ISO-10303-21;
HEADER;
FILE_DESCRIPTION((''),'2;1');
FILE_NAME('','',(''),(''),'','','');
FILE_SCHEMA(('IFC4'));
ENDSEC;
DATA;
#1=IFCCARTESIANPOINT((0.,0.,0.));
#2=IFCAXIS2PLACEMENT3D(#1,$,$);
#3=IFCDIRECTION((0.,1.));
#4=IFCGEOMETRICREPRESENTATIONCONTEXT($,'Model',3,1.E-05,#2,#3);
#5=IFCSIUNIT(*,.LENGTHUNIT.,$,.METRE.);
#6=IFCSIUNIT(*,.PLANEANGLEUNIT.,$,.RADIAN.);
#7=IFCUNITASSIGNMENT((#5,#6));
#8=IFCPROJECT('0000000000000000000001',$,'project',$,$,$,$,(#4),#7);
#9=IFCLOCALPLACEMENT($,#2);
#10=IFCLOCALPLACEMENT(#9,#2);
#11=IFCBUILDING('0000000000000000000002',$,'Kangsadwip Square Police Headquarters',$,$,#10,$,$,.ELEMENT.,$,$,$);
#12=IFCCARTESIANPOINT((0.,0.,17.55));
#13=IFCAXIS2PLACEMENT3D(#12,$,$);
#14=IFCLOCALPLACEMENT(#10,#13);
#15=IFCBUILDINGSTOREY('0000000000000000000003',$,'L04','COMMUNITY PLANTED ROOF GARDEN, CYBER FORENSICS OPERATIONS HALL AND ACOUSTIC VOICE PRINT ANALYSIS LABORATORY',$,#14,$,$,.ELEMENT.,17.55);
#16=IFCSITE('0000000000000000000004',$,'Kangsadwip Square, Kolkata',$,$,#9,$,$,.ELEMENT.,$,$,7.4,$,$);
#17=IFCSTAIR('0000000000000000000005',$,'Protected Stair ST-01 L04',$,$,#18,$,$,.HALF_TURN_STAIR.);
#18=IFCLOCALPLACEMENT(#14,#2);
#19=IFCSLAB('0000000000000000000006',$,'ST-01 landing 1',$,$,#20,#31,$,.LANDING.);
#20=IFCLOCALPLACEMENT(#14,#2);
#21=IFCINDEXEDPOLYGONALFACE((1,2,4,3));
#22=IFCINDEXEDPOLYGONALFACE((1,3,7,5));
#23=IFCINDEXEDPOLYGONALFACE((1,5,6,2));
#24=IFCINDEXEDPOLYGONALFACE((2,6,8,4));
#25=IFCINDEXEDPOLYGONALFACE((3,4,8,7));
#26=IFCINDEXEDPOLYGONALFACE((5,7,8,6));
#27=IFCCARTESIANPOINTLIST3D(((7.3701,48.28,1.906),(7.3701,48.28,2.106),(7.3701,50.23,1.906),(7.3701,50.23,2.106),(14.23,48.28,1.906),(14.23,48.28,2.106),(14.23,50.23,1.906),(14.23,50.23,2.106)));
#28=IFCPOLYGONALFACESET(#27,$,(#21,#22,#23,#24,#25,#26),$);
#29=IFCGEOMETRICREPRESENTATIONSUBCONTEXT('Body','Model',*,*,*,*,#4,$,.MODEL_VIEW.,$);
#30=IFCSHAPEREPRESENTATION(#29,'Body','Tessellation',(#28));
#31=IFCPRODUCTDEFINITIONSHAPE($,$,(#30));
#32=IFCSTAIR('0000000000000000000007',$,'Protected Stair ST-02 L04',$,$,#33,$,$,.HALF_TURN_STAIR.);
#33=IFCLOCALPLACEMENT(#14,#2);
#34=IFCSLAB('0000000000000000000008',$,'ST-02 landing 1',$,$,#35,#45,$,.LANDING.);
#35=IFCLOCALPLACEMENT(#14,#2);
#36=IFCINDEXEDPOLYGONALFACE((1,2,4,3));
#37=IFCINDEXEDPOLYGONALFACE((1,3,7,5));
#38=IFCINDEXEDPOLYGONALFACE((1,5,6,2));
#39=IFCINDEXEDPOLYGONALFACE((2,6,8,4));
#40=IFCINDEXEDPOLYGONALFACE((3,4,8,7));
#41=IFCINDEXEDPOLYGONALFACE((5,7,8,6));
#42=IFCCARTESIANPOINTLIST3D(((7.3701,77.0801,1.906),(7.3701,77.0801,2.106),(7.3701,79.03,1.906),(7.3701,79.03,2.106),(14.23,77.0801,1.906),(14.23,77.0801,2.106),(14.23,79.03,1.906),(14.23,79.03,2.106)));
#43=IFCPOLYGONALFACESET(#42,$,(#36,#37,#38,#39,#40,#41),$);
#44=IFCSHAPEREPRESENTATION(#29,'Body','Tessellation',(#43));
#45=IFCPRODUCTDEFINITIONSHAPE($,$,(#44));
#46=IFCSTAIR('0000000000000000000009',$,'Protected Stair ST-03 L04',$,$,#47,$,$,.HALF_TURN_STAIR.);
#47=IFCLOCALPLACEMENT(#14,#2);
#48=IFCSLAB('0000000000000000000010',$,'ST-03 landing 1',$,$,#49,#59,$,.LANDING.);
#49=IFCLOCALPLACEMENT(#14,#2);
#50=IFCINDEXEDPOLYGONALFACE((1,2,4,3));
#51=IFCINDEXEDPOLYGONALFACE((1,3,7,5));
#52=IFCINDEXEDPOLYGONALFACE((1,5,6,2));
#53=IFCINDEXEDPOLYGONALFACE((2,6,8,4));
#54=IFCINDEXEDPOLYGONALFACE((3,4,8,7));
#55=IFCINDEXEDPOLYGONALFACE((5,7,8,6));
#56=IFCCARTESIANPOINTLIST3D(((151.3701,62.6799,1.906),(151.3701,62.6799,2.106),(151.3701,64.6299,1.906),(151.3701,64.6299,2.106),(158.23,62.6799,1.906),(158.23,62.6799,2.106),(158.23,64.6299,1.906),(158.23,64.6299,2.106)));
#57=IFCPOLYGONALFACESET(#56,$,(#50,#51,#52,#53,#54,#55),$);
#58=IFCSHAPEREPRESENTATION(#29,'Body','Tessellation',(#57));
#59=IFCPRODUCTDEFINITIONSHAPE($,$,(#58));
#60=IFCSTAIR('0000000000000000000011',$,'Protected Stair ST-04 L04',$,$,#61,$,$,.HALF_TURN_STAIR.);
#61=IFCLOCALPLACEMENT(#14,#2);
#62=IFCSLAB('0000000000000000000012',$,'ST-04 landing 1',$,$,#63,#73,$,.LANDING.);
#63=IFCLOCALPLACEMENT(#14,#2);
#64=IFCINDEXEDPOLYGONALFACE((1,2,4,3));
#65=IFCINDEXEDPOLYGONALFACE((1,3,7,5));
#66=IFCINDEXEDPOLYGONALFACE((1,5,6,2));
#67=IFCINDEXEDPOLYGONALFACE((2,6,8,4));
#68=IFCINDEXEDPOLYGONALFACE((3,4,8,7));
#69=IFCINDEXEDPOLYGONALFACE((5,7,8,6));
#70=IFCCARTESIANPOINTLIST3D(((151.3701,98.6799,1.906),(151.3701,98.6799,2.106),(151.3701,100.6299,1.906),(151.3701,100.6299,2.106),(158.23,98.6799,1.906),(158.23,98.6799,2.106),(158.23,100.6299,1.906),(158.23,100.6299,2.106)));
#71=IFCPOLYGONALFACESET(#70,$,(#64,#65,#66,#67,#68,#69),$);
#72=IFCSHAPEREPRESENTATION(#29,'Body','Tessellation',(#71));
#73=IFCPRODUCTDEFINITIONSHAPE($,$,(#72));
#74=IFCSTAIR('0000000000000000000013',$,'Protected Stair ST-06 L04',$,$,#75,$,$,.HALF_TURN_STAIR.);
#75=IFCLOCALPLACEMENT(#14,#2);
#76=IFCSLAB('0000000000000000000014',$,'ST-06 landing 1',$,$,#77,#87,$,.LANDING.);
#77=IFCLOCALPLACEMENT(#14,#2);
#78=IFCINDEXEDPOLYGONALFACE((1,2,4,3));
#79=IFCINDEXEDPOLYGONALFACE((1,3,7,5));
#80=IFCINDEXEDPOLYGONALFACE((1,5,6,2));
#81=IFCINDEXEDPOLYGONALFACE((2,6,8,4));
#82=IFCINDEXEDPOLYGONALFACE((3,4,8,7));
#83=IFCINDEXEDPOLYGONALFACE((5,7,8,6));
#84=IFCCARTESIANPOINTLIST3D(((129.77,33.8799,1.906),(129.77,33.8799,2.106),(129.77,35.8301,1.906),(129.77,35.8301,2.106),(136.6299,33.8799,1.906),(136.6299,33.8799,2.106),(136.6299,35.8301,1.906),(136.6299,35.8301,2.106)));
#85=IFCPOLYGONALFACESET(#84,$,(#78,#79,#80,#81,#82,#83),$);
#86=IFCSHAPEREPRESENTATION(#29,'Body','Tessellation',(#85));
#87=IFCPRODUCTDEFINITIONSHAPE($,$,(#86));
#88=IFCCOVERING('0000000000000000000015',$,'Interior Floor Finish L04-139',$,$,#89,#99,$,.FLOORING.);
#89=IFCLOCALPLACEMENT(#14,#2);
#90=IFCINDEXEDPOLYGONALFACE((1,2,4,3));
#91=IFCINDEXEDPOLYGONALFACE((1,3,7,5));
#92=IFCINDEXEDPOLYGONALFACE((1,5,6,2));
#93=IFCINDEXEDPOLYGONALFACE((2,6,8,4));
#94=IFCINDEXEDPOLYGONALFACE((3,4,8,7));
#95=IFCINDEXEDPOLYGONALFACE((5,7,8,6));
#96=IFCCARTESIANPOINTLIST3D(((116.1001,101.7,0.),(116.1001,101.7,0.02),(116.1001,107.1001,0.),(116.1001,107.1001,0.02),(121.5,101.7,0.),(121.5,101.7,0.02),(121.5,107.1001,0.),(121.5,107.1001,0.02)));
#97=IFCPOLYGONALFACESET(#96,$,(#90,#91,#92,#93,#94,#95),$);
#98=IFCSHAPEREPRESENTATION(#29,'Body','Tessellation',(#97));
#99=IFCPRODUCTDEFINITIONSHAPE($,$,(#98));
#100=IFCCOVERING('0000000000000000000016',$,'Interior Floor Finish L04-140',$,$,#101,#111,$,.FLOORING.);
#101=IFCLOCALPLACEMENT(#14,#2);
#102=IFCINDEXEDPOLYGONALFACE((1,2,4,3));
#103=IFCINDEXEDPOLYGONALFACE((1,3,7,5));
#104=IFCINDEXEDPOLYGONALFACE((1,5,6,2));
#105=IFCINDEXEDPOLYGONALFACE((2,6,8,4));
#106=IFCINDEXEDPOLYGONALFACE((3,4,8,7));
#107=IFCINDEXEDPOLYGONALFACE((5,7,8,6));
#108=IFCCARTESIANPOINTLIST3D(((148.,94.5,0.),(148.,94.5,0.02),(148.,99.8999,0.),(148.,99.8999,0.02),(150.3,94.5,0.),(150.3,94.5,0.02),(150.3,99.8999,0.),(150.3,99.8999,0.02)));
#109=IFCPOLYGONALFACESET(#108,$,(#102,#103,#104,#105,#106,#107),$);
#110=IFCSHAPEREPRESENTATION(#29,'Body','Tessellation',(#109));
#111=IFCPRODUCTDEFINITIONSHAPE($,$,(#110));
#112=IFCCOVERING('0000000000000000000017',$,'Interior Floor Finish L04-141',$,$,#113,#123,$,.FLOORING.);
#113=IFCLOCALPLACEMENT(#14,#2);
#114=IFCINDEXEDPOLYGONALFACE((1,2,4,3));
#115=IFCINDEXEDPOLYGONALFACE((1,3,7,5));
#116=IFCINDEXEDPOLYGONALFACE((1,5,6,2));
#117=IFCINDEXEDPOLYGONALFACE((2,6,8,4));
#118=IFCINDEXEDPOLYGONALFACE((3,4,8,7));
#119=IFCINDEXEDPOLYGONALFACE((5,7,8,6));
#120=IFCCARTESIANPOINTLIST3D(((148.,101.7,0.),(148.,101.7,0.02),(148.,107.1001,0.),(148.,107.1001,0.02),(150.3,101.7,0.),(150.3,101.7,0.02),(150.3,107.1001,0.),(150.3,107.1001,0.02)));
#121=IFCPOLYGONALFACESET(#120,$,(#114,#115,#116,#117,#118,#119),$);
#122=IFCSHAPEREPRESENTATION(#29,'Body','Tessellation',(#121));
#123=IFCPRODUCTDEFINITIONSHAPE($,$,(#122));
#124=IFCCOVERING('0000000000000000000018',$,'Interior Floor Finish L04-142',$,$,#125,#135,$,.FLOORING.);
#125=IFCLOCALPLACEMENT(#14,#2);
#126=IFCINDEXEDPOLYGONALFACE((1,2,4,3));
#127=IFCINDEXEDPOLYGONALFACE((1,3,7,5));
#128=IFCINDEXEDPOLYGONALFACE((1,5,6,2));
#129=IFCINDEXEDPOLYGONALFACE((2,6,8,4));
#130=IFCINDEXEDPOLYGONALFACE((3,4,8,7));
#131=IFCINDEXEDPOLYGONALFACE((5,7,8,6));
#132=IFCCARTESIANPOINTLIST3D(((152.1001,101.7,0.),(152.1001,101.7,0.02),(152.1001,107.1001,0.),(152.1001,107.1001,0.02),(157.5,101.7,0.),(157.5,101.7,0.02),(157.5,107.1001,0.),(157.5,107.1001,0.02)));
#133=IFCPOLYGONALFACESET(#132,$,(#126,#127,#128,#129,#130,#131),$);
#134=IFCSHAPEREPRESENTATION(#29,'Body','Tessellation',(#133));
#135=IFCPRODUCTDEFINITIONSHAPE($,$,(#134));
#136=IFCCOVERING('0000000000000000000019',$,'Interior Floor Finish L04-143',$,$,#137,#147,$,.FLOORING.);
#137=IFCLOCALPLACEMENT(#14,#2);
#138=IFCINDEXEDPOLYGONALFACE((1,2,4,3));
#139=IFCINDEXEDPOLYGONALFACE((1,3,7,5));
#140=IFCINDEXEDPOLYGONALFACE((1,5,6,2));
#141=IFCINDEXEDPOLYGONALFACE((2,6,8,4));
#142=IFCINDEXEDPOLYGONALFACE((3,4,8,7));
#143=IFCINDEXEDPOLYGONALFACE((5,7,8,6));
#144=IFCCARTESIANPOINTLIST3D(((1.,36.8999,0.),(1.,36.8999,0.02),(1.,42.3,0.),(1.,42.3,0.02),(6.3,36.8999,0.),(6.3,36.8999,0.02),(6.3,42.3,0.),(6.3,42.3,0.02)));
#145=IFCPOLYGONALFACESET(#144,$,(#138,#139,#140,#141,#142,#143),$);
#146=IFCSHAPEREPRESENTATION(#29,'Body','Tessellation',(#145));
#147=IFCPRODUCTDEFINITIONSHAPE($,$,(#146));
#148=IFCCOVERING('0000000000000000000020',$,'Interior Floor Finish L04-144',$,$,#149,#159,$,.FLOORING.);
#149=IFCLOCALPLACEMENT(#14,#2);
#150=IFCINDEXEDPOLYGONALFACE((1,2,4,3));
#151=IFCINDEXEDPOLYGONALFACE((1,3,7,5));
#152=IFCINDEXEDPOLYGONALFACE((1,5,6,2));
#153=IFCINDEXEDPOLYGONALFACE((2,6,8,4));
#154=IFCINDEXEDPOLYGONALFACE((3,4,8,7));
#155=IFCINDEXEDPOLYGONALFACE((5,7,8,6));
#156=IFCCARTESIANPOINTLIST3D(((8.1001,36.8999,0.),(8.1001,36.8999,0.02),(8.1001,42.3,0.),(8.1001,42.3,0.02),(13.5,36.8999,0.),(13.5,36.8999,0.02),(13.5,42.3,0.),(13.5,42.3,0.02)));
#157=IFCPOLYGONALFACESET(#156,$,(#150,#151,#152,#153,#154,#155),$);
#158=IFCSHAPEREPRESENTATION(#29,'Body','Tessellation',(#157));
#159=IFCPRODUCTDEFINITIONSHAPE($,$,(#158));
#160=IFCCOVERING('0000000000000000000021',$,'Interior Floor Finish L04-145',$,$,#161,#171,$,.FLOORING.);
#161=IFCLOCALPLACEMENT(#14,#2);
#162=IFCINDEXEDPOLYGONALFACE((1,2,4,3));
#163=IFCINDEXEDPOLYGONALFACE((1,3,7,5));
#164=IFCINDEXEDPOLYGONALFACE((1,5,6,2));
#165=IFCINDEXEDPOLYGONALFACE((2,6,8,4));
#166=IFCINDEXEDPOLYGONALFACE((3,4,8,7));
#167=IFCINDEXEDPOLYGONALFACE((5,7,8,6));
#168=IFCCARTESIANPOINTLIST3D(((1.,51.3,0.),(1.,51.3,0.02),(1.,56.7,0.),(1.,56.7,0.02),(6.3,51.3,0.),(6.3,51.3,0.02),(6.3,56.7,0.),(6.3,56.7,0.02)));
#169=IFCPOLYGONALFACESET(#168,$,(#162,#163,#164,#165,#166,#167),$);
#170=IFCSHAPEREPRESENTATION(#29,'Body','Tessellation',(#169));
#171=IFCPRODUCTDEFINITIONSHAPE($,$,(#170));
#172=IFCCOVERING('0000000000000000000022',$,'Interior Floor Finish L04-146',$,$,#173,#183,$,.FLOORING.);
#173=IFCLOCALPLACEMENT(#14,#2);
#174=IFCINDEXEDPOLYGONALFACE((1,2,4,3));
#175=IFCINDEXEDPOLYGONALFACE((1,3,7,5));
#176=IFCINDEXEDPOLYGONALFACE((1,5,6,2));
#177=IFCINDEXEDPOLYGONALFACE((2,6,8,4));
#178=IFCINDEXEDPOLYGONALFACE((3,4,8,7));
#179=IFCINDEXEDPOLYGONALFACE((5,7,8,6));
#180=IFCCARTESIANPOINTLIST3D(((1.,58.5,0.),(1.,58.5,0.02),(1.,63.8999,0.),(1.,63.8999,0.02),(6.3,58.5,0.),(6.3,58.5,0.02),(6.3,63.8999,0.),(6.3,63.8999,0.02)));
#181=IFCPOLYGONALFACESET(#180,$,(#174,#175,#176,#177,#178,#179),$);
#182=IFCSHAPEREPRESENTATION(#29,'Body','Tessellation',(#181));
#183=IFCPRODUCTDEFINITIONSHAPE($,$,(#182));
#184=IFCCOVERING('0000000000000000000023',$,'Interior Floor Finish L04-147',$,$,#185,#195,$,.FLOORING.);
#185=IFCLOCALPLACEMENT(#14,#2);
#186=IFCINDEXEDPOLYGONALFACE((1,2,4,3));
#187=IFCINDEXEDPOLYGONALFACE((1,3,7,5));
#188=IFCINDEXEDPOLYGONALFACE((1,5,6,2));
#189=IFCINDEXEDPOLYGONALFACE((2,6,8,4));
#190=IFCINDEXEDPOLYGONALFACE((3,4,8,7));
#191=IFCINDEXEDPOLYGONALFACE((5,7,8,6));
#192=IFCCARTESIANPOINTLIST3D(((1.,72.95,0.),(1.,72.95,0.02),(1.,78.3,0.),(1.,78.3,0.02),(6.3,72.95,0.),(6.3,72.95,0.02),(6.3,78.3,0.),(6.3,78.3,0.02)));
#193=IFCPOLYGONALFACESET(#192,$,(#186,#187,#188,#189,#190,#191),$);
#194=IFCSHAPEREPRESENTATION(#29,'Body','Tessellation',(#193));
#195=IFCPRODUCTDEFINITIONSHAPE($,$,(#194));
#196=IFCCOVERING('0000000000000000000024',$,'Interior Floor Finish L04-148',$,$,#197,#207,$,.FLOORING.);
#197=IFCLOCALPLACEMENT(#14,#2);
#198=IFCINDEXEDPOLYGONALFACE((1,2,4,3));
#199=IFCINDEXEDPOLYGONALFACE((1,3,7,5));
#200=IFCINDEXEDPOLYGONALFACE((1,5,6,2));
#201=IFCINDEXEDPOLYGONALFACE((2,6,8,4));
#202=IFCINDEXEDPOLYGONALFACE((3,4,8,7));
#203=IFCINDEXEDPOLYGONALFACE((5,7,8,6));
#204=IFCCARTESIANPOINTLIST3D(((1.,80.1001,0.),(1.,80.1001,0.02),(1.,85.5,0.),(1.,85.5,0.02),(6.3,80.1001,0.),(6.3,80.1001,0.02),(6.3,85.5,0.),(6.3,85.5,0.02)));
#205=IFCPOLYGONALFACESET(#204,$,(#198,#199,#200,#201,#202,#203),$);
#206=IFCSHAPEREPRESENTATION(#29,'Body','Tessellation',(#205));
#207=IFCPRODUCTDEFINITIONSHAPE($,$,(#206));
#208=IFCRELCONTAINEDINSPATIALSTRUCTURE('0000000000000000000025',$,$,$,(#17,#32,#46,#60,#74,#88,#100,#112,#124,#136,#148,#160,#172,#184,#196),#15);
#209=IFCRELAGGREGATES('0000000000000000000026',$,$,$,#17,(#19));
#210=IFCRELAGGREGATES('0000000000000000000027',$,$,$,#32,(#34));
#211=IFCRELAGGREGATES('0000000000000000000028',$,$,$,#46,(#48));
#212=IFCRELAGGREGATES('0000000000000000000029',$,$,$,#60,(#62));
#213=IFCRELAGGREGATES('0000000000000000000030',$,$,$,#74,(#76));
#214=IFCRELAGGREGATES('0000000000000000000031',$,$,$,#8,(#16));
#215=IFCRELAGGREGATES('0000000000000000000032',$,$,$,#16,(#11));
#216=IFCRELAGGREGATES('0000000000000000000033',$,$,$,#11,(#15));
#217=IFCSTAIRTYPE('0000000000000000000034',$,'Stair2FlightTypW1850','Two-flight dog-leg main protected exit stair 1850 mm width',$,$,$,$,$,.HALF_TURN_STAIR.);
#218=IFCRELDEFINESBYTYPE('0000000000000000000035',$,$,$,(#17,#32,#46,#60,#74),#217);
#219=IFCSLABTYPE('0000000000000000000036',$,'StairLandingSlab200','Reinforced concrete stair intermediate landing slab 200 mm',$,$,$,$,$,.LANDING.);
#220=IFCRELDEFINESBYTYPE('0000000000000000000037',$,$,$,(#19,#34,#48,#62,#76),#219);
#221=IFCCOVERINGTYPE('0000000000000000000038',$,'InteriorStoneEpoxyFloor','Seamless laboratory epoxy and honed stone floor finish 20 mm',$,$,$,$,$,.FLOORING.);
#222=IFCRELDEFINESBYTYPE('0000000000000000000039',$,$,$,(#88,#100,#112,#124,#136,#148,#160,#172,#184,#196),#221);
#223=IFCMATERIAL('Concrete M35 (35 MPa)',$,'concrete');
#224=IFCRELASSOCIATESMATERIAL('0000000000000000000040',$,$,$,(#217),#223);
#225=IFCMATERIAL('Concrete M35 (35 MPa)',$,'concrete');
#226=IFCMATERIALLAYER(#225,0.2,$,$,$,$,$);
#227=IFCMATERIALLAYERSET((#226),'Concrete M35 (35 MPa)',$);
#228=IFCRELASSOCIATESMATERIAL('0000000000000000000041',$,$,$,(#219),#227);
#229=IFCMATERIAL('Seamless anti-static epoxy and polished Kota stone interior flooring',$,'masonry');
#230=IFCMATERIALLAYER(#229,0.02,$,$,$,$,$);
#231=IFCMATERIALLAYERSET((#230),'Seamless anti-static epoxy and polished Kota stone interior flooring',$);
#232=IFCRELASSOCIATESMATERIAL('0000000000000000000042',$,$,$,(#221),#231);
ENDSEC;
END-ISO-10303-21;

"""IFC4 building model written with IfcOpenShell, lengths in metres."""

from ifc_helpers import new_model, si_unit, direction, frame, origin, place, context, subcontext, project, spatial, polyline, outline, extrude, material, layer, layer_set, type_object, element, aggregate, save


model = new_model("IFC4")

# Units and contexts
model_context = context("Model", 3, precision=1e-05, world=origin(), true_north=direction((0.0, 1.0)))
body_context = subcontext(model_context, "Body", "Model", "MODEL_VIEW")
ifc_project = project(units=[si_unit("LENGTHUNIT", "METRE"), si_unit("PLANEANGLEUNIT", "RADIAN")], contexts=[model_context])

# Site, building, storey
site_placement = place(None, origin())
site = spatial("IfcSite", under=ifc_project, at=site_placement, Name="Kangsadwip Square, Kolkata", CompositionType="ELEMENT", RefElevation=7.4)
building_placement = place(site_placement, origin())
building = spatial("IfcBuilding", under=site, at=building_placement, Name="Kangsadwip Square Police Headquarters", CompositionType="ELEMENT")
storey_placement = place(building_placement, frame((0.0, 0.0, 17.55)))
storey = spatial("IfcBuildingStorey", under=building, at=storey_placement, Name="L04", Description="COMMUNITY PLANTED ROOF GARDEN, CYBER FORENSICS OPERATIONS HALL AND ACOUSTIC VOICE PRINT ANALYSIS LABORATORY", CompositionType="ELEMENT", Elevation=17.55)

# Stairs, slabs
ifc_material_1 = material(Name="Concrete M35 (35 MPa)", Category="concrete")
stair_type = type_object("IfcStairType", Name="Stair2FlightTypW1850", Description="Two-flight dog-leg main protected exit stair 1850 mm width", PredefinedType="HALF_TURN_STAIR", material=ifc_material_1)
stair_1_placement = place(storey_placement, origin())
stair_1 = element("IfcStair", 1, at=stair_1_placement, inside=storey, type_object=stair_type, Name="Protected Stair ST-01 L04", PredefinedType="HALF_TURN_STAIR")
ifc_material_2 = material(Name="Concrete M35 (35 MPa)", Category="concrete")
ifc_layer_1 = layer(ifc_material_2, 0.2)
ifc_layer_set_1 = layer_set([ifc_layer_1], Name="Concrete M35 (35 MPa)")
slab_type = type_object("IfcSlabType", Name="StairLandingSlab200", Description="Reinforced concrete stair intermediate landing slab 200 mm", PredefinedType="LANDING", material=ifc_layer_set_1)
slab_1_placement = place(storey_placement, frame((0.0, 0.0, 1.906)))
slab_1 = element("IfcSlab", 2, at=slab_1_placement, type_object=slab_type, Name="ST-01 landing 1", PredefinedType="LANDING", context=body_context, shape_type="SweptSolid", body=[
    extrude(outline(polyline([(7.3701, 48.28), (14.23, 48.28), (14.23, 50.23), (7.3701, 50.23), (7.3701, 48.28)])), origin(), (0.0, 0.0, 1.0), 0.2),
])
aggregate(stair_1, [slab_1])
stair_2_placement = place(storey_placement, origin())
stair_2 = element("IfcStair", 3, at=stair_2_placement, inside=storey, type_object=stair_type, Name="Protected Stair ST-02 L04", PredefinedType="HALF_TURN_STAIR")
slab_2_placement = place(storey_placement, frame((0.0, 0.0, 1.906)))
slab_2 = element("IfcSlab", 4, at=slab_2_placement, type_object=slab_type, Name="ST-02 landing 1", PredefinedType="LANDING", context=body_context, shape_type="SweptSolid", body=[
    extrude(outline(polyline([(7.3701, 77.0801), (14.23, 77.0801), (14.23, 79.03), (7.3701, 79.03), (7.3701, 77.0801)])), origin(), (0.0, 0.0, 1.0), 0.2),
])
aggregate(stair_2, [slab_2])
stair_3_placement = place(storey_placement, origin())
stair_3 = element("IfcStair", 5, at=stair_3_placement, inside=storey, type_object=stair_type, Name="Protected Stair ST-03 L04", PredefinedType="HALF_TURN_STAIR")
slab_3_placement = place(storey_placement, frame((0.0, 0.0, 1.906)))
slab_3 = element("IfcSlab", 6, at=slab_3_placement, type_object=slab_type, Name="ST-03 landing 1", PredefinedType="LANDING", context=body_context, shape_type="SweptSolid", body=[
    extrude(outline(polyline([(151.3701, 62.6799), (158.23, 62.6799), (158.23, 64.6299), (151.3701, 64.6299), (151.3701, 62.6799)])), origin(), (0.0, 0.0, 1.0), 0.2),
])
aggregate(stair_3, [slab_3])
stair_4_placement = place(storey_placement, origin())
stair_4 = element("IfcStair", 7, at=stair_4_placement, inside=storey, type_object=stair_type, Name="Protected Stair ST-04 L04", PredefinedType="HALF_TURN_STAIR")
slab_4_placement = place(storey_placement, frame((0.0, 0.0, 1.906)))
slab_4 = element("IfcSlab", 8, at=slab_4_placement, type_object=slab_type, Name="ST-04 landing 1", PredefinedType="LANDING", context=body_context, shape_type="SweptSolid", body=[
    extrude(outline(polyline([(151.3701, 98.6799), (158.23, 98.6799), (158.23, 100.6299), (151.3701, 100.6299), (151.3701, 98.6799)])), origin(), (0.0, 0.0, 1.0), 0.2),
])
aggregate(stair_4, [slab_4])
stair_5_placement = place(storey_placement, origin())
stair_5 = element("IfcStair", 9, at=stair_5_placement, inside=storey, type_object=stair_type, Name="Protected Stair ST-06 L04", PredefinedType="HALF_TURN_STAIR")
slab_5_placement = place(storey_placement, frame((0.0, 0.0, 1.906)))
slab_5 = element("IfcSlab", 10, at=slab_5_placement, type_object=slab_type, Name="ST-06 landing 1", PredefinedType="LANDING", context=body_context, shape_type="SweptSolid", body=[
    extrude(outline(polyline([(129.77, 33.8799), (136.6299, 33.8799), (136.6299, 35.8301), (129.77, 35.8301), (129.77, 33.8799)])), origin(), (0.0, 0.0, 1.0), 0.2),
])
aggregate(stair_5, [slab_5])

# Coverings
ifc_material_3 = material(Name="Seamless anti-static epoxy and polished Kota stone interior flooring", Category="masonry")
ifc_layer_2 = layer(ifc_material_3, 0.02)
ifc_layer_set_2 = layer_set([ifc_layer_2], Name="Seamless anti-static epoxy and polished Kota stone interior flooring")
covering_type_1 = type_object("IfcCoveringType", Name="InteriorStoneEpoxyFloor", Description="Seamless laboratory epoxy and honed stone floor finish 20 mm", PredefinedType="FLOORING", material=ifc_layer_set_2)
covering_1_placement = place(storey_placement, origin())
element("IfcCovering", 11, at=covering_1_placement, inside=storey, type_object=covering_type_1, Name="Interior Floor Finish L04-139", PredefinedType="FLOORING", context=body_context, shape_type="SweptSolid", body=[
    extrude(outline(polyline([(116.1001, 101.7), (121.5, 101.7), (121.5, 107.1001), (116.1001, 107.1001), (116.1001, 101.7)])), origin(), (0.0, 0.0, 1.0), 0.02),
])
covering_2_placement = place(storey_placement, origin())
element("IfcCovering", 12, at=covering_2_placement, inside=storey, type_object=covering_type_1, Name="Interior Floor Finish L04-140", PredefinedType="FLOORING", context=body_context, shape_type="SweptSolid", body=[
    extrude(outline(polyline([(148.0, 94.5), (150.3, 94.5), (150.3, 99.8999), (148.0, 99.8999), (148.0, 94.5)])), origin(), (0.0, 0.0, 1.0), 0.02),
])
covering_3_placement = place(storey_placement, origin())
element("IfcCovering", 13, at=covering_3_placement, inside=storey, type_object=covering_type_1, Name="Interior Floor Finish L04-141", PredefinedType="FLOORING", context=body_context, shape_type="SweptSolid", body=[
    extrude(outline(polyline([(148.0, 101.7), (150.3, 101.7), (150.3, 107.1001), (148.0, 107.1001), (148.0, 101.7)])), origin(), (0.0, 0.0, 1.0), 0.02),
])
covering_4_placement = place(storey_placement, origin())
element("IfcCovering", 14, at=covering_4_placement, inside=storey, type_object=covering_type_1, Name="Interior Floor Finish L04-142", PredefinedType="FLOORING", context=body_context, shape_type="SweptSolid", body=[
    extrude(outline(polyline([(152.1001, 101.7), (157.5, 101.7), (157.5, 107.1001), (152.1001, 107.1001), (152.1001, 101.7)])), origin(), (0.0, 0.0, 1.0), 0.02),
])
covering_5_placement = place(storey_placement, origin())
element("IfcCovering", 15, at=covering_5_placement, inside=storey, type_object=covering_type_1, Name="Interior Floor Finish L04-143", PredefinedType="FLOORING", context=body_context, shape_type="SweptSolid", body=[
    extrude(outline(polyline([(1.0, 36.8999), (6.3, 36.8999), (6.3, 42.3), (1.0, 42.3), (1.0, 36.8999)])), origin(), (0.0, 0.0, 1.0), 0.02),
])
covering_6_placement = place(storey_placement, origin())
element("IfcCovering", 16, at=covering_6_placement, inside=storey, type_object=covering_type_1, Name="Interior Floor Finish L04-144", PredefinedType="FLOORING", context=body_context, shape_type="SweptSolid", body=[
    extrude(outline(polyline([(8.1001, 36.8999), (13.5, 36.8999), (13.5, 42.3), (8.1001, 42.3), (8.1001, 36.8999)])), origin(), (0.0, 0.0, 1.0), 0.02),
])
covering_7_placement = place(storey_placement, origin())
element("IfcCovering", 17, at=covering_7_placement, inside=storey, type_object=covering_type_1, Name="Interior Floor Finish L04-145", PredefinedType="FLOORING", context=body_context, shape_type="SweptSolid", body=[
    extrude(outline(polyline([(1.0, 51.3), (6.3, 51.3), (6.3, 56.7), (1.0, 56.7), (1.0, 51.3)])), origin(), (0.0, 0.0, 1.0), 0.02),
])
covering_8_placement = place(storey_placement, origin())
element("IfcCovering", 18, at=covering_8_placement, inside=storey, type_object=covering_type_1, Name="Interior Floor Finish L04-146", PredefinedType="FLOORING", context=body_context, shape_type="SweptSolid", body=[
    extrude(outline(polyline([(1.0, 58.5), (6.3, 58.5), (6.3, 63.8999), (1.0, 63.8999), (1.0, 58.5)])), origin(), (0.0, 0.0, 1.0), 0.02),
])
covering_9_placement = place(storey_placement, origin())
element("IfcCovering", 19, at=covering_9_placement, inside=storey, type_object=covering_type_1, Name="Interior Floor Finish L04-147", PredefinedType="FLOORING", context=body_context, shape_type="SweptSolid", body=[
    extrude(outline(polyline([(1.0, 72.95), (6.3, 72.95), (6.3, 78.3), (1.0, 78.3), (1.0, 72.95)])), origin(), (0.0, 0.0, 1.0), 0.02),
])
covering_10_placement = place(storey_placement, origin())
element("IfcCovering", 20, at=covering_10_placement, inside=storey, type_object=covering_type_1, Name="Interior Floor Finish L04-148", PredefinedType="FLOORING", context=body_context, shape_type="SweptSolid", body=[
    extrude(outline(polyline([(1.0, 80.1001), (6.3, 80.1001), (6.3, 85.5), (1.0, 85.5), (1.0, 80.1001)])), origin(), (0.0, 0.0, 1.0), 0.02),
])

save(model, "model.ifc")
